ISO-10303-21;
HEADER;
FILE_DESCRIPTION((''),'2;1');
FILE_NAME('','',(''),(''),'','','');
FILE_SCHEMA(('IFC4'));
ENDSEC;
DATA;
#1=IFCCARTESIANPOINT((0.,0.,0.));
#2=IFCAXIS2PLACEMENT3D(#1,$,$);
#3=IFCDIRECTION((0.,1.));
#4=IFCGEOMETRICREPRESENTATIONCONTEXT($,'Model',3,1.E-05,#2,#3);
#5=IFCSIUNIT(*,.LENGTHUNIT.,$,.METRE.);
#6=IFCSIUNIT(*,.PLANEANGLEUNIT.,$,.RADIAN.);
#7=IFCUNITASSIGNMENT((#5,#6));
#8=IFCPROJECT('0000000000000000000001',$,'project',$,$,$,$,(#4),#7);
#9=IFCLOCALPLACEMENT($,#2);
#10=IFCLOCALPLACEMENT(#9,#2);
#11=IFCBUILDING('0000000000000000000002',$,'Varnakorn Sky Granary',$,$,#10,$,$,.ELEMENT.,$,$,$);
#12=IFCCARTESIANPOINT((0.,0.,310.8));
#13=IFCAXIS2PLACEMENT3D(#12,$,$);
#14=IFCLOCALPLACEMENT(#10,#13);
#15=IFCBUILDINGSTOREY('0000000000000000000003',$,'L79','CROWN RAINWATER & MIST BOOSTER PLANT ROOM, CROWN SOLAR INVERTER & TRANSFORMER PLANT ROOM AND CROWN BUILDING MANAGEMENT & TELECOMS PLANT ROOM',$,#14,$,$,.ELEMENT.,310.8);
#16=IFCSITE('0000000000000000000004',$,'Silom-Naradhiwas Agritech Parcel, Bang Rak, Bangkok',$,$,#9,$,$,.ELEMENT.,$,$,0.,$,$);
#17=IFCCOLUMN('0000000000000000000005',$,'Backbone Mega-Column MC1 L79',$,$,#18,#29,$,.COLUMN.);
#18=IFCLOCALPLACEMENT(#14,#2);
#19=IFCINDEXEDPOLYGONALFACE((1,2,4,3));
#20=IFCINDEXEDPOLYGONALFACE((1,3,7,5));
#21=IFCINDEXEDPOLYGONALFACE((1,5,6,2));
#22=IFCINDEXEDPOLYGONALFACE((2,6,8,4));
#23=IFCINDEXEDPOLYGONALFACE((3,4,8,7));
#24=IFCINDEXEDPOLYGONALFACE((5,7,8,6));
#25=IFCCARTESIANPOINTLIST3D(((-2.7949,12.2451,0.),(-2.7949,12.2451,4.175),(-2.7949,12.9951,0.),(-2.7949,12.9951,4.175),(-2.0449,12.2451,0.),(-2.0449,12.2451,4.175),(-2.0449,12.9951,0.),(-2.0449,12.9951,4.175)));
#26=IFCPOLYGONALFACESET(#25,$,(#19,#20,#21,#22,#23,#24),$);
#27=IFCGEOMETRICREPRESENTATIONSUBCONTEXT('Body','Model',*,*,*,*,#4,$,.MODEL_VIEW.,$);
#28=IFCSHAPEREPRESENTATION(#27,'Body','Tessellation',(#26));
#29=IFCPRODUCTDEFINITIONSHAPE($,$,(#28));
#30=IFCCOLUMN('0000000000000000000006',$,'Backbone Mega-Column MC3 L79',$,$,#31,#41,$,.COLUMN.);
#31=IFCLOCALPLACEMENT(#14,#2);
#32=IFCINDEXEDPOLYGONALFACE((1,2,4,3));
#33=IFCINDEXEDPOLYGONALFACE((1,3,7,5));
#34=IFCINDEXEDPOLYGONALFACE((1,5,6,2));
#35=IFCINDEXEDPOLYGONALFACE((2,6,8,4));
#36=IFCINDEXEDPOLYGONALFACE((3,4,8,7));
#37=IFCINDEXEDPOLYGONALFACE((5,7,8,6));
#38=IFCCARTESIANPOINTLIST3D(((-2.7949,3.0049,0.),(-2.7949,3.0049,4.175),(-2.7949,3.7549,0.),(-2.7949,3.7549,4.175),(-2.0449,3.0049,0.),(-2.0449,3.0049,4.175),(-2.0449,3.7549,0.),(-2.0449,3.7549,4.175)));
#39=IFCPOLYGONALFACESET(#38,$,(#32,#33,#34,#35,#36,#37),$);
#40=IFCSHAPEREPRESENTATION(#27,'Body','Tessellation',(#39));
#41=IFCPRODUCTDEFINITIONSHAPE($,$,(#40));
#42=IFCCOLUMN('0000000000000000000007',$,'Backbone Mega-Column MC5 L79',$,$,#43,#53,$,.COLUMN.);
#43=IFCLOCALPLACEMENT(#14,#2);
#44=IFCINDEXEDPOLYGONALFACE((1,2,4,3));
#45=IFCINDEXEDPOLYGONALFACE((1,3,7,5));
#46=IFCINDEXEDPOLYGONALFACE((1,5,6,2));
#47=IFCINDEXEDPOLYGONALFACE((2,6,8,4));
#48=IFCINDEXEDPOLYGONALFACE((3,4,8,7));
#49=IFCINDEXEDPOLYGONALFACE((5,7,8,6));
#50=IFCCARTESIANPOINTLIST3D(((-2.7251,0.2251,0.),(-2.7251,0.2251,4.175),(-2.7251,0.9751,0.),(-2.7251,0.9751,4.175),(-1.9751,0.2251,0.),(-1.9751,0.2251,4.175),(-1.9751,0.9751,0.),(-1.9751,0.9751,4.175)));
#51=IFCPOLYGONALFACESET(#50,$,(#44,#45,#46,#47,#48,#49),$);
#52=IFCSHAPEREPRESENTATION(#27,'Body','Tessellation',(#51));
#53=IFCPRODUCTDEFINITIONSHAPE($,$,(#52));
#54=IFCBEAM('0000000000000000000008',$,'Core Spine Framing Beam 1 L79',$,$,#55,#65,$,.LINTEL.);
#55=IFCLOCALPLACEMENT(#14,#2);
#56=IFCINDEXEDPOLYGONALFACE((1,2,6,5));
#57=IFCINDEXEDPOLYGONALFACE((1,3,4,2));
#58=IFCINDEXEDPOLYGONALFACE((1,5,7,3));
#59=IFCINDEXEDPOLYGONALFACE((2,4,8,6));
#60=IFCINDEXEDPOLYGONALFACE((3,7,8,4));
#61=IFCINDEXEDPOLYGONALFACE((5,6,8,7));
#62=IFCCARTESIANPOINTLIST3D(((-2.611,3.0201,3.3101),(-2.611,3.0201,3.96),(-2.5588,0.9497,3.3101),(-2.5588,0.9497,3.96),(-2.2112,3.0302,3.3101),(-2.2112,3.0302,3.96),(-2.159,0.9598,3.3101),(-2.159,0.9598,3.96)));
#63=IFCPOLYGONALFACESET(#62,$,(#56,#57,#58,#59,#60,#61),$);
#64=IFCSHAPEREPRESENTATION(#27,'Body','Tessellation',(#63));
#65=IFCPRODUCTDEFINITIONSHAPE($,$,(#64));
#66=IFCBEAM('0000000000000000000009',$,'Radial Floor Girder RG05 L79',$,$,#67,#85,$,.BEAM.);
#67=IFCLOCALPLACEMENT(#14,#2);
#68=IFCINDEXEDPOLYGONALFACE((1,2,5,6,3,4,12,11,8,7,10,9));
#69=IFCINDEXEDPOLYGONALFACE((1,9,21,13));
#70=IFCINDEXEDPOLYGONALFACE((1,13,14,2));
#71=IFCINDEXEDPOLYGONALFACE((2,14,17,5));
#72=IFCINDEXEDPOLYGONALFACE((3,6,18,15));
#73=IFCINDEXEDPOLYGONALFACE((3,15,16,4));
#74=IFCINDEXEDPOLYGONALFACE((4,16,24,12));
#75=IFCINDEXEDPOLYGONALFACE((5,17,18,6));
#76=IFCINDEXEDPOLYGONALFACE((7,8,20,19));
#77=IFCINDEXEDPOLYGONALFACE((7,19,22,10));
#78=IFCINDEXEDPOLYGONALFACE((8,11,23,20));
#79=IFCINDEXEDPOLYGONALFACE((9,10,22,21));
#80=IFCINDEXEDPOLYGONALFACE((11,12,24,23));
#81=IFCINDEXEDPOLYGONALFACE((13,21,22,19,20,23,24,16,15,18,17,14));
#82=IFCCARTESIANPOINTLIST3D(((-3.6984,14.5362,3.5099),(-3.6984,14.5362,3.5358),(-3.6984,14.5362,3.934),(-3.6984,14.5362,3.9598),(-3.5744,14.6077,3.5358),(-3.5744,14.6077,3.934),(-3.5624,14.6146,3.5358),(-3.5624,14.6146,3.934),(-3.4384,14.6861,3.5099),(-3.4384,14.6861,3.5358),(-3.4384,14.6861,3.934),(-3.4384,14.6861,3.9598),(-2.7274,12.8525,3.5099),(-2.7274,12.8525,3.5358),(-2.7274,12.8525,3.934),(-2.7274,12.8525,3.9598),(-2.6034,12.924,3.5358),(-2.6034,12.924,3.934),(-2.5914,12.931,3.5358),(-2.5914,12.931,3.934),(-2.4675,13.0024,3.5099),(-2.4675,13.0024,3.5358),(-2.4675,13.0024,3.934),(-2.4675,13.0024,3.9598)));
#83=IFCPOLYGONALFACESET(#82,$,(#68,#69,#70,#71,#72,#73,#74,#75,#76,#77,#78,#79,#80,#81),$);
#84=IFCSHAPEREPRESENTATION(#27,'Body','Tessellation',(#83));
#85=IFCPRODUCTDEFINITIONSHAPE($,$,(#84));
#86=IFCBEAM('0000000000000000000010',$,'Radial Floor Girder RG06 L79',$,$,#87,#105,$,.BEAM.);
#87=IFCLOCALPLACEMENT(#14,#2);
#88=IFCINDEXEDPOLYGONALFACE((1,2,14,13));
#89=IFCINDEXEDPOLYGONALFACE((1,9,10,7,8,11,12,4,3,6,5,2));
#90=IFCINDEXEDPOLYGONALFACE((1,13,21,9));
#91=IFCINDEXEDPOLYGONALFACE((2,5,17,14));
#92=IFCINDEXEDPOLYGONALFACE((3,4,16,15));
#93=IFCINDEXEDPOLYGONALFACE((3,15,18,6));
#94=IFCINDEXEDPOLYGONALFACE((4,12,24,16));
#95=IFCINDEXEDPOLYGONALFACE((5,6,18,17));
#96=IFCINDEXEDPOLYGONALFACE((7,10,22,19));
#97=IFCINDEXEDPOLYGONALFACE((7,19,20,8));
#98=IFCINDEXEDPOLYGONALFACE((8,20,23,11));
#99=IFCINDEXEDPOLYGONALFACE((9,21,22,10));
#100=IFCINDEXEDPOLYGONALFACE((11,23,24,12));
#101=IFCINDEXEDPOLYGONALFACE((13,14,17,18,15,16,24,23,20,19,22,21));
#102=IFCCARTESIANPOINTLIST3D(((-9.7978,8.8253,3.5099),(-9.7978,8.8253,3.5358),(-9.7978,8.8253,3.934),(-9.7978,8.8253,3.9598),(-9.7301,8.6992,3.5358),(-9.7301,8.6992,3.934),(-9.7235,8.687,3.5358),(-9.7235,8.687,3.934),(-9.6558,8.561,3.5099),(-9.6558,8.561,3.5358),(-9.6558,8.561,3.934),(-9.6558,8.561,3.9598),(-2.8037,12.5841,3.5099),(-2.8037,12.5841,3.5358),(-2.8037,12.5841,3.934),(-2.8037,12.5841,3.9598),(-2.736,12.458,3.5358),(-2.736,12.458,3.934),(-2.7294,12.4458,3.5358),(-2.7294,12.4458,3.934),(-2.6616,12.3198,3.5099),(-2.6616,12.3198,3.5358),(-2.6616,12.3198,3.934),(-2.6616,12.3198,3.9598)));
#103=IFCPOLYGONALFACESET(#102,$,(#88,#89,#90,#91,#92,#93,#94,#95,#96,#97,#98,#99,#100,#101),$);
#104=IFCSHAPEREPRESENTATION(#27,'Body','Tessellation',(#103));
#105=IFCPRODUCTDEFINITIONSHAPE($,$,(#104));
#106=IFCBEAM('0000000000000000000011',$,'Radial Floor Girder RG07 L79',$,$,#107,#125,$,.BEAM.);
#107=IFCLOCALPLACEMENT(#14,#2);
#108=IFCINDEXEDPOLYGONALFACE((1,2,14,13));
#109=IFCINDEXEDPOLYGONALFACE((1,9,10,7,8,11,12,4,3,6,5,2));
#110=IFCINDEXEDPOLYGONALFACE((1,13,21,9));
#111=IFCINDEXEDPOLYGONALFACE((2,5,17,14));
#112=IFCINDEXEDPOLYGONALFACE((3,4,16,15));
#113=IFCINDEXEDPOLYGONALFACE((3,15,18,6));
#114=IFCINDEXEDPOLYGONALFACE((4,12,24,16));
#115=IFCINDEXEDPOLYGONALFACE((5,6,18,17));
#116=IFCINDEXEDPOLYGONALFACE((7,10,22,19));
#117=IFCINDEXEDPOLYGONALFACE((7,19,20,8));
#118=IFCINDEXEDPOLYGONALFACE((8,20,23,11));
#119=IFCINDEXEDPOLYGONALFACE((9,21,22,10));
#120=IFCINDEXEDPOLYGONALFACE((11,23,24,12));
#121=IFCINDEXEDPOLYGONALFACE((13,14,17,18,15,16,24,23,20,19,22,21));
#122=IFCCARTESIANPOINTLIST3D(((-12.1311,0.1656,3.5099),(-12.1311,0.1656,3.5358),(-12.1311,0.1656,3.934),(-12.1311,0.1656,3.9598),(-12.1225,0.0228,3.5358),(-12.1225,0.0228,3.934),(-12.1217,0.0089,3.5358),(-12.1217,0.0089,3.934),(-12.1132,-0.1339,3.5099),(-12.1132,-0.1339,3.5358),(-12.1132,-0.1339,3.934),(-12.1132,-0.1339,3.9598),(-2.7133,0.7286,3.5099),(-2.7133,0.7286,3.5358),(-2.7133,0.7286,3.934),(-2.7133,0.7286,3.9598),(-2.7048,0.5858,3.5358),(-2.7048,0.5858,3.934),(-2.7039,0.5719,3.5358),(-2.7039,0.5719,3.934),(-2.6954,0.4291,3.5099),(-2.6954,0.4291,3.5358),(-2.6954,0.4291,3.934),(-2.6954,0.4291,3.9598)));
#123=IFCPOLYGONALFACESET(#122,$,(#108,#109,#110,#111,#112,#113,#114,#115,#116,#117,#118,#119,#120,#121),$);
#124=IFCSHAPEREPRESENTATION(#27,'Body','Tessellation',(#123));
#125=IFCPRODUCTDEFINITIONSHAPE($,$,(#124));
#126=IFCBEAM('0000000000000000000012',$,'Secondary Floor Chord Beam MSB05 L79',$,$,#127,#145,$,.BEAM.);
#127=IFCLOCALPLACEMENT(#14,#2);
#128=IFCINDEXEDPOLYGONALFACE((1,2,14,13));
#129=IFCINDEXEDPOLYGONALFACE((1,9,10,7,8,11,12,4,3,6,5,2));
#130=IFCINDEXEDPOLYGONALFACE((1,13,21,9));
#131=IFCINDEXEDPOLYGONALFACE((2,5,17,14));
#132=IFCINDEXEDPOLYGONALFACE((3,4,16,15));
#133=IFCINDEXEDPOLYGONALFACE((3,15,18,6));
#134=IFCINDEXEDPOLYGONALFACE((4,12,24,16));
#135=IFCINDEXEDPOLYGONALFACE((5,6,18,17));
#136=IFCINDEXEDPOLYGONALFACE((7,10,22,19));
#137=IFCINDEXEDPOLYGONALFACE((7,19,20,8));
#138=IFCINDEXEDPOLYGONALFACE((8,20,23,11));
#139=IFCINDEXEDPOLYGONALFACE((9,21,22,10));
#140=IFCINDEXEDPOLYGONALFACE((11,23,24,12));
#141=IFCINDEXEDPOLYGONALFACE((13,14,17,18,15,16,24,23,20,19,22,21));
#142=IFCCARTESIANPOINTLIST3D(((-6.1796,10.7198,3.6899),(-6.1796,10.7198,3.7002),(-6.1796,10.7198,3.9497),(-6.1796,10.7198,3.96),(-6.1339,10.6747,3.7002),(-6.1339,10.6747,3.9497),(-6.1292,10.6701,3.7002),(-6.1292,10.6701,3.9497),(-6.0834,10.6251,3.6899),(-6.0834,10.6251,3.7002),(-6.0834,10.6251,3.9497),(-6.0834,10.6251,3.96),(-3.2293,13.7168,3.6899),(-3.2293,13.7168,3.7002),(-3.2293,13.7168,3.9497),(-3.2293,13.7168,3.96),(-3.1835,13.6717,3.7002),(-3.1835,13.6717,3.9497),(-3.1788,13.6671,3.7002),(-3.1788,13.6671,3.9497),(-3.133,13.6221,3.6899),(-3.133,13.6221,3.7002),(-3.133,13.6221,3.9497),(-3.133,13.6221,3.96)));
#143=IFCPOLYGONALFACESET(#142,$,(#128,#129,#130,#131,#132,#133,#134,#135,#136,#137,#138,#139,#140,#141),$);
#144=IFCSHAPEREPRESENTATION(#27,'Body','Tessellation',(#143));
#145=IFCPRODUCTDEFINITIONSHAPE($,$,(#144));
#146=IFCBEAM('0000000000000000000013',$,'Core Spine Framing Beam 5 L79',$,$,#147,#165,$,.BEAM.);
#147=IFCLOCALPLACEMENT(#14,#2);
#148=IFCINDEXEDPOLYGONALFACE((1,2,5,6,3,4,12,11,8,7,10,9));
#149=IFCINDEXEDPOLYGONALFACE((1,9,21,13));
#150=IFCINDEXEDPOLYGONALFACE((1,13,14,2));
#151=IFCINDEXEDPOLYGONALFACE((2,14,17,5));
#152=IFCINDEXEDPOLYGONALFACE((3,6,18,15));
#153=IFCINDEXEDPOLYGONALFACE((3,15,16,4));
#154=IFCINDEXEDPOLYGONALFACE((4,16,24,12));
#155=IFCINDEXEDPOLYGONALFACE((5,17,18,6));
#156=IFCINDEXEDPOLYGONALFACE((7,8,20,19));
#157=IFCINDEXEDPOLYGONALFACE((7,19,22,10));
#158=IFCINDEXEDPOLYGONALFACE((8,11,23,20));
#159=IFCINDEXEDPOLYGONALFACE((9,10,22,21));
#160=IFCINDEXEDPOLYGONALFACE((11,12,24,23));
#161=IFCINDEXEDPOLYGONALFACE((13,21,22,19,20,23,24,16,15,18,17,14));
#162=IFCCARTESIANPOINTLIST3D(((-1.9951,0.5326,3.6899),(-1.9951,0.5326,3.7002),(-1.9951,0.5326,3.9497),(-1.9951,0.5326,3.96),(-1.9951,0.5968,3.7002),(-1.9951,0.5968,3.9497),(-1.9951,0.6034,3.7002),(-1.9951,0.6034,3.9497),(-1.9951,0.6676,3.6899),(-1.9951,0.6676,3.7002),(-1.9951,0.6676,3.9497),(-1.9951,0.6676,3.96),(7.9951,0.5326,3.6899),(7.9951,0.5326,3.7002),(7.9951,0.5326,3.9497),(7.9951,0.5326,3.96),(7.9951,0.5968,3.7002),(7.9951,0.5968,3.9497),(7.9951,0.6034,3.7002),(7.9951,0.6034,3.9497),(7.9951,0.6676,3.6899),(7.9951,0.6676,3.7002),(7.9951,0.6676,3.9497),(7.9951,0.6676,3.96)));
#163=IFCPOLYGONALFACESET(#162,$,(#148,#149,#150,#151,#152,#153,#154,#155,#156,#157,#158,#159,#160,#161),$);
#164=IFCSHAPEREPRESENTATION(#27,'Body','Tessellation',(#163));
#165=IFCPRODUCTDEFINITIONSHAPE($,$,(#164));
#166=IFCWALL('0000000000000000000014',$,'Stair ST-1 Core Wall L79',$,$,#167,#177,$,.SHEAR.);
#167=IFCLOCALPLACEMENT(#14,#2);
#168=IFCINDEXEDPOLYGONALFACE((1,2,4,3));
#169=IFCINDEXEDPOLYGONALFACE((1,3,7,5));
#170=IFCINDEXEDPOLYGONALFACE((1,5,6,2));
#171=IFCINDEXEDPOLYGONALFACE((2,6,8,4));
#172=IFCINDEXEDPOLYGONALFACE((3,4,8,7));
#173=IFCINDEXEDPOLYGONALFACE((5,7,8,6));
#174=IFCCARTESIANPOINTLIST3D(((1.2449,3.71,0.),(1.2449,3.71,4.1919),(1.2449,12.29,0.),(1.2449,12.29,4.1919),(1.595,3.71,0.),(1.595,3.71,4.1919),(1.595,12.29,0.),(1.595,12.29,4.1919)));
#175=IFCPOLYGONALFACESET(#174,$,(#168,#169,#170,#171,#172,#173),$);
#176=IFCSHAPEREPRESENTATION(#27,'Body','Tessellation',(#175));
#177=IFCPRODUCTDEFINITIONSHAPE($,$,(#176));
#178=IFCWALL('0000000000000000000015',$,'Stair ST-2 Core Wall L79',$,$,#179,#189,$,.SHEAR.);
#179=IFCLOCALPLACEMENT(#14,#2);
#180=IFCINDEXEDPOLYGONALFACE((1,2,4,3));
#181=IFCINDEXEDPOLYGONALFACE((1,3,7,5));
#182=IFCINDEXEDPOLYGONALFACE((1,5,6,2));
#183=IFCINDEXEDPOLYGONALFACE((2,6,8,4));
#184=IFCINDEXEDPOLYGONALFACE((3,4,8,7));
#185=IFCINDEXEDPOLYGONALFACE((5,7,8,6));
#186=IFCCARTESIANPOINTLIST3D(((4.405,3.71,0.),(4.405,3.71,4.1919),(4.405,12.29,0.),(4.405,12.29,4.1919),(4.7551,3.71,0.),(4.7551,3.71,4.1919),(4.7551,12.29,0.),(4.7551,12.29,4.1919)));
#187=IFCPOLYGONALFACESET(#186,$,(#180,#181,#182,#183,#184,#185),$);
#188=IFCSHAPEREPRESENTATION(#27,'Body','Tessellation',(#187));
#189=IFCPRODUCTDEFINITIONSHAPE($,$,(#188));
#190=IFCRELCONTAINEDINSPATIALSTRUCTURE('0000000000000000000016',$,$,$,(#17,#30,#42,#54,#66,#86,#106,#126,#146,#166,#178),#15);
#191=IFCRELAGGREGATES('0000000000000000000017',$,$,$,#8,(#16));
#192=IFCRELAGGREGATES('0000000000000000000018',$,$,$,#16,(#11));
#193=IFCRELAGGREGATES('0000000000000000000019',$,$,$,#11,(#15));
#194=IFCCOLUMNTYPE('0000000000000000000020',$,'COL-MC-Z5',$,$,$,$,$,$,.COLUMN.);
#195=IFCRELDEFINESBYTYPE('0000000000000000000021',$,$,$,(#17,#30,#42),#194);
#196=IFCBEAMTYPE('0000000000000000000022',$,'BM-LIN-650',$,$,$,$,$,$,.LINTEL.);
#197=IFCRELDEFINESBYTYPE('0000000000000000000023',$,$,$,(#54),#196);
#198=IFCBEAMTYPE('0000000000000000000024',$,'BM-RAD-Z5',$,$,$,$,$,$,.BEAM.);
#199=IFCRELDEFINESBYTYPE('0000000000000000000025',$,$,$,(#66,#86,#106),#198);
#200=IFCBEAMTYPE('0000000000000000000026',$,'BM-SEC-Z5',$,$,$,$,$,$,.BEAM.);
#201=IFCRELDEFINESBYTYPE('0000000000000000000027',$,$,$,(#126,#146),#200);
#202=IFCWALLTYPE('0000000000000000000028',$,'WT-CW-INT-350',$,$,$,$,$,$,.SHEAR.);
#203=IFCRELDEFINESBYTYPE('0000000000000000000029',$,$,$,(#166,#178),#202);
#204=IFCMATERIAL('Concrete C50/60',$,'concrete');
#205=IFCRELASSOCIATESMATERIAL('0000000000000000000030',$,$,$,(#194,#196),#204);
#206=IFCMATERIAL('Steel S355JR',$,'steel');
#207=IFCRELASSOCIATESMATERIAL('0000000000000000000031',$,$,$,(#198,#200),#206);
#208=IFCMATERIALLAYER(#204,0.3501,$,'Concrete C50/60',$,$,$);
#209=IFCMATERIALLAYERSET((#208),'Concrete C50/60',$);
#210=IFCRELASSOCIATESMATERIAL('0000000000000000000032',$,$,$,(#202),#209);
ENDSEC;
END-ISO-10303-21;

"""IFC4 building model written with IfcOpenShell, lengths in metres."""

from ifc_helpers import new_model, si_unit, direction, frame, frame_2d, origin, origin_2d, place, context, subcontext, project, spatial, rectangle, i_section, extrude, material, layer, layer_set, material_profile, profile_set, type_object, element, save


model = new_model("IFC4")

# Units and contexts
model_context = context("Model", 3, precision=1e-05, world=origin(), true_north=direction((0.0, 1.0)))
body_context = subcontext(model_context, "Body", "Model", "MODEL_VIEW")
ifc_project = project(units=[si_unit("LENGTHUNIT", "METRE"), si_unit("PLANEANGLEUNIT", "RADIAN")], contexts=[model_context])

# Site, building, storey
site_placement = place(None, origin())
site = spatial("IfcSite", under=ifc_project, at=site_placement, Name="Silom-Naradhiwas Agritech Parcel, Bang Rak, Bangkok", CompositionType="ELEMENT", RefElevation=0.0)
building_placement = place(site_placement, origin())
building = spatial("IfcBuilding", under=site, at=building_placement, Name="Varnakorn Sky Granary", CompositionType="ELEMENT")
storey_placement = place(building_placement, frame((0.0, 0.0, 310.8)))
storey = spatial("IfcBuildingStorey", under=building, at=storey_placement, Name="L79", Description="CROWN RAINWATER & MIST BOOSTER PLANT ROOM, CROWN SOLAR INVERTER & TRANSFORMER PLANT ROOM AND CROWN BUILDING MANAGEMENT & TELECOMS PLANT ROOM", CompositionType="ELEMENT", Elevation=310.8)

# Columns
ifc_material_1 = material(Name="Concrete C50/60", Category="concrete")
ifc_material_profile_1 = material_profile(ifc_material_1, rectangle(XDim=0.75, YDim=0.75, at=origin_2d()), Name="RC 750x750")
ifc_profile_set_1 = profile_set([ifc_material_profile_1], Name="Concrete C50/60")
column_type = type_object("IfcColumnType", Name="COL-MC-Z5", PredefinedType="COLUMN", material=ifc_profile_set_1)
for number, where, z_axis, x_axis, name in (
    (1, (-2.4199, 12.6201, 0.0), (0.0, 0.0, 1.0), (1.0, 0.0, 0.0), "Backbone Mega-Column MC1 L79"),
    (2, (-2.4199, 3.3799, 0.0), (0.0, 0.0, 1.0), (1.0, 0.0, 0.0), "Backbone Mega-Column MC3 L79"),
    (3, (-2.3501, 0.6001, 0.0), (0.0, 0.0, 1.0), (1.0, 0.0, 0.0), "Backbone Mega-Column MC5 L79"),
):
    element("IfcColumn", number, at=place(storey_placement, frame(where, z_axis=z_axis, x_axis=x_axis)), inside=storey, type_object=column_type, Name=name, PredefinedType="COLUMN", context=body_context, shape_type="SweptSolid", body=[
        extrude(rectangle(XDim=0.75, YDim=0.75, at=origin_2d()), origin(), (0.0, 0.0, 1.0), 4.175),
    ])

# Beams
ifc_material_profile_2 = material_profile(ifc_material_1, rectangle(XDim=0.3999, YDim=0.6499, at=origin_2d()), Name="RC 400x650")
ifc_profile_set_2 = profile_set([ifc_material_profile_2], Name="Concrete C50/60")
beam_type_1 = type_object("IfcBeamType", Name="BM-LIN-650", PredefinedType="LINTEL", material=ifc_profile_set_2)
beam_1_placement = place(storey_placement, frame((-2.4111, 3.0251, 3.635), z_axis=(0.025228, -0.999682, 0.0), x_axis=(0.999682, 0.025228, 0.0)))
element("IfcBeam", 4, at=beam_1_placement, inside=storey, type_object=beam_type_1, Name="Core Spine Framing Beam 1 L79", PredefinedType="LINTEL", context=body_context, shape_type="SweptSolid", body=[
    extrude(rectangle(XDim=0.3999, YDim=0.6499, at=origin_2d()), origin(), (0.0, 0.0, 1.0), 2.071),
])
ifc_material_2 = material(Name="Steel S355JR", Category="steel")
ifc_material_profile_3 = material_profile(ifc_material_2, i_section(OverallWidth=0.3, OverallDepth=0.45, WebThickness=0.0139, FlangeThickness=0.0259, at=origin_2d()), Name="HE 450 B")
ifc_profile_set_3 = profile_set([ifc_material_profile_3], Name="Steel S355JR")
beam_type_2 = type_object("IfcBeamType", Name="BM-RAD-Z5", PredefinedType="BEAM", material=ifc_profile_set_3)
beam_2_placement = place(storey_placement, frame((-2.5974, 12.9275, 3.7349), z_axis=(-0.499585, 0.866265, 0.0), x_axis=(-0.866265, -0.499585, 0.0)))
element("IfcBeam", 5, at=beam_2_placement, inside=storey, type_object=beam_type_2, Name="Radial Floor Girder RG05 L79", PredefinedType="BEAM", context=body_context, shape_type="SweptSolid", body=[
    extrude(i_section(OverallWidth=0.3, OverallDepth=0.45, WebThickness=0.0139, FlangeThickness=0.0259, at=origin_2d()), origin(), (0.0, 0.0, 1.0), 1.9436),
])
beam_3_placement = place(storey_placement, frame((-2.7327, 12.4519, 3.7349), z_axis=(-0.880854, -0.473388, 0.0), x_axis=(0.473388, -0.880854, 0.0)))
element("IfcBeam", 6, at=beam_3_placement, inside=storey, type_object=beam_type_2, Name="Radial Floor Girder RG06 L79", PredefinedType="BEAM", context=body_context, shape_type="SweptSolid", body=[
    extrude(i_section(OverallWidth=0.3, OverallDepth=0.45, WebThickness=0.0139, FlangeThickness=0.0259, at=origin_2d()), origin(), (0.0, 0.0, 1.0), 7.9402),
])
beam_4_placement = place(storey_placement, frame((-2.7043, 0.5789, 3.7349), z_axis=(-0.998218, -0.059673, 0.0), x_axis=(0.059673, -0.998218, 0.0)))
element("IfcBeam", 7, at=beam_4_placement, inside=storey, type_object=beam_type_2, Name="Radial Floor Girder RG07 L79", PredefinedType="BEAM", context=body_context, shape_type="SweptSolid", body=[
    extrude(i_section(OverallWidth=0.3, OverallDepth=0.45, WebThickness=0.0139, FlangeThickness=0.0259, at=origin_2d()), origin(), (0.0, 0.0, 1.0), 9.4346),
])
ifc_material_profile_4 = material_profile(ifc_material_2, i_section(OverallWidth=0.135, OverallDepth=0.27, WebThickness=0.0066, FlangeThickness=0.0103, at=origin_2d()), Name="IPE 270")
ifc_profile_set_4 = profile_set([ifc_material_profile_4], Name="Steel S355JR")
beam_type_3 = type_object("IfcBeamType", Name="BM-SEC-Z5", PredefinedType="BEAM", material=ifc_profile_set_4)
beam_5_placement = place(storey_placement, frame((-3.1812, 13.6694, 3.825), z_axis=(-0.701541, -0.712629, 0.0), x_axis=(0.712629, -0.701541, 0.0)))
element("IfcBeam", 8, at=beam_5_placement, inside=storey, type_object=beam_type_3, Name="Secondary Floor Chord Beam MSB05 L79", PredefinedType="BEAM", context=body_context, shape_type="SweptSolid", body=[
    extrude(i_section(OverallWidth=0.135, OverallDepth=0.27, WebThickness=0.0066, FlangeThickness=0.0103, at=origin_2d()), origin(), (0.0, 0.0, 1.0), 4.2056),
])
beam_6_placement = place(storey_placement, frame((-1.9951, 0.6001, 3.825), z_axis=(1.0, 0.0, 0.0), x_axis=(0.0, 1.0, 0.0)))
element("IfcBeam", 9, at=beam_6_placement, inside=storey, type_object=beam_type_3, Name="Core Spine Framing Beam 5 L79", PredefinedType="BEAM", context=body_context, shape_type="SweptSolid", body=[
    extrude(i_section(OverallWidth=0.135, OverallDepth=0.27, WebThickness=0.0066, FlangeThickness=0.0103, at=origin_2d()), origin(), (0.0, 0.0, 1.0), 9.9902),
])

# Walls
ifc_layer_1 = layer(ifc_material_1, 0.3501, Name="Concrete C50/60")
ifc_layer_set_1 = layer_set([ifc_layer_1], Name="Concrete C50/60")
wall_type_1 = type_object("IfcWallType", Name="WT-CW-INT-350", PredefinedType="SHEAR", material=ifc_layer_set_1)
for number, where, z_axis, x_axis, name in (
    (10, (1.4199, 3.71, 0.0), (0.0, 0.0, 1.0), (0.0, 1.0, 0.0), "Stair ST-1 Core Wall L79"),
    (11, (4.5801, 3.71, 0.0), (0.0, 0.0, 1.0), (0.0, 1.0, 0.0), "Stair ST-2 Core Wall L79"),
):
    element("IfcWall", number, at=place(storey_placement, frame(where, z_axis=z_axis, x_axis=x_axis)), inside=storey, type_object=wall_type_1, Name=name, PredefinedType="SHEAR", context=body_context, shape_type="SweptSolid", body=[
        extrude(rectangle(XDim=8.5801, YDim=0.3501, at=frame_2d((4.29, 0.0))), origin(), (0.0, 0.0, 1.0), 4.1919),
    ])

save(model, "model.ifc")
